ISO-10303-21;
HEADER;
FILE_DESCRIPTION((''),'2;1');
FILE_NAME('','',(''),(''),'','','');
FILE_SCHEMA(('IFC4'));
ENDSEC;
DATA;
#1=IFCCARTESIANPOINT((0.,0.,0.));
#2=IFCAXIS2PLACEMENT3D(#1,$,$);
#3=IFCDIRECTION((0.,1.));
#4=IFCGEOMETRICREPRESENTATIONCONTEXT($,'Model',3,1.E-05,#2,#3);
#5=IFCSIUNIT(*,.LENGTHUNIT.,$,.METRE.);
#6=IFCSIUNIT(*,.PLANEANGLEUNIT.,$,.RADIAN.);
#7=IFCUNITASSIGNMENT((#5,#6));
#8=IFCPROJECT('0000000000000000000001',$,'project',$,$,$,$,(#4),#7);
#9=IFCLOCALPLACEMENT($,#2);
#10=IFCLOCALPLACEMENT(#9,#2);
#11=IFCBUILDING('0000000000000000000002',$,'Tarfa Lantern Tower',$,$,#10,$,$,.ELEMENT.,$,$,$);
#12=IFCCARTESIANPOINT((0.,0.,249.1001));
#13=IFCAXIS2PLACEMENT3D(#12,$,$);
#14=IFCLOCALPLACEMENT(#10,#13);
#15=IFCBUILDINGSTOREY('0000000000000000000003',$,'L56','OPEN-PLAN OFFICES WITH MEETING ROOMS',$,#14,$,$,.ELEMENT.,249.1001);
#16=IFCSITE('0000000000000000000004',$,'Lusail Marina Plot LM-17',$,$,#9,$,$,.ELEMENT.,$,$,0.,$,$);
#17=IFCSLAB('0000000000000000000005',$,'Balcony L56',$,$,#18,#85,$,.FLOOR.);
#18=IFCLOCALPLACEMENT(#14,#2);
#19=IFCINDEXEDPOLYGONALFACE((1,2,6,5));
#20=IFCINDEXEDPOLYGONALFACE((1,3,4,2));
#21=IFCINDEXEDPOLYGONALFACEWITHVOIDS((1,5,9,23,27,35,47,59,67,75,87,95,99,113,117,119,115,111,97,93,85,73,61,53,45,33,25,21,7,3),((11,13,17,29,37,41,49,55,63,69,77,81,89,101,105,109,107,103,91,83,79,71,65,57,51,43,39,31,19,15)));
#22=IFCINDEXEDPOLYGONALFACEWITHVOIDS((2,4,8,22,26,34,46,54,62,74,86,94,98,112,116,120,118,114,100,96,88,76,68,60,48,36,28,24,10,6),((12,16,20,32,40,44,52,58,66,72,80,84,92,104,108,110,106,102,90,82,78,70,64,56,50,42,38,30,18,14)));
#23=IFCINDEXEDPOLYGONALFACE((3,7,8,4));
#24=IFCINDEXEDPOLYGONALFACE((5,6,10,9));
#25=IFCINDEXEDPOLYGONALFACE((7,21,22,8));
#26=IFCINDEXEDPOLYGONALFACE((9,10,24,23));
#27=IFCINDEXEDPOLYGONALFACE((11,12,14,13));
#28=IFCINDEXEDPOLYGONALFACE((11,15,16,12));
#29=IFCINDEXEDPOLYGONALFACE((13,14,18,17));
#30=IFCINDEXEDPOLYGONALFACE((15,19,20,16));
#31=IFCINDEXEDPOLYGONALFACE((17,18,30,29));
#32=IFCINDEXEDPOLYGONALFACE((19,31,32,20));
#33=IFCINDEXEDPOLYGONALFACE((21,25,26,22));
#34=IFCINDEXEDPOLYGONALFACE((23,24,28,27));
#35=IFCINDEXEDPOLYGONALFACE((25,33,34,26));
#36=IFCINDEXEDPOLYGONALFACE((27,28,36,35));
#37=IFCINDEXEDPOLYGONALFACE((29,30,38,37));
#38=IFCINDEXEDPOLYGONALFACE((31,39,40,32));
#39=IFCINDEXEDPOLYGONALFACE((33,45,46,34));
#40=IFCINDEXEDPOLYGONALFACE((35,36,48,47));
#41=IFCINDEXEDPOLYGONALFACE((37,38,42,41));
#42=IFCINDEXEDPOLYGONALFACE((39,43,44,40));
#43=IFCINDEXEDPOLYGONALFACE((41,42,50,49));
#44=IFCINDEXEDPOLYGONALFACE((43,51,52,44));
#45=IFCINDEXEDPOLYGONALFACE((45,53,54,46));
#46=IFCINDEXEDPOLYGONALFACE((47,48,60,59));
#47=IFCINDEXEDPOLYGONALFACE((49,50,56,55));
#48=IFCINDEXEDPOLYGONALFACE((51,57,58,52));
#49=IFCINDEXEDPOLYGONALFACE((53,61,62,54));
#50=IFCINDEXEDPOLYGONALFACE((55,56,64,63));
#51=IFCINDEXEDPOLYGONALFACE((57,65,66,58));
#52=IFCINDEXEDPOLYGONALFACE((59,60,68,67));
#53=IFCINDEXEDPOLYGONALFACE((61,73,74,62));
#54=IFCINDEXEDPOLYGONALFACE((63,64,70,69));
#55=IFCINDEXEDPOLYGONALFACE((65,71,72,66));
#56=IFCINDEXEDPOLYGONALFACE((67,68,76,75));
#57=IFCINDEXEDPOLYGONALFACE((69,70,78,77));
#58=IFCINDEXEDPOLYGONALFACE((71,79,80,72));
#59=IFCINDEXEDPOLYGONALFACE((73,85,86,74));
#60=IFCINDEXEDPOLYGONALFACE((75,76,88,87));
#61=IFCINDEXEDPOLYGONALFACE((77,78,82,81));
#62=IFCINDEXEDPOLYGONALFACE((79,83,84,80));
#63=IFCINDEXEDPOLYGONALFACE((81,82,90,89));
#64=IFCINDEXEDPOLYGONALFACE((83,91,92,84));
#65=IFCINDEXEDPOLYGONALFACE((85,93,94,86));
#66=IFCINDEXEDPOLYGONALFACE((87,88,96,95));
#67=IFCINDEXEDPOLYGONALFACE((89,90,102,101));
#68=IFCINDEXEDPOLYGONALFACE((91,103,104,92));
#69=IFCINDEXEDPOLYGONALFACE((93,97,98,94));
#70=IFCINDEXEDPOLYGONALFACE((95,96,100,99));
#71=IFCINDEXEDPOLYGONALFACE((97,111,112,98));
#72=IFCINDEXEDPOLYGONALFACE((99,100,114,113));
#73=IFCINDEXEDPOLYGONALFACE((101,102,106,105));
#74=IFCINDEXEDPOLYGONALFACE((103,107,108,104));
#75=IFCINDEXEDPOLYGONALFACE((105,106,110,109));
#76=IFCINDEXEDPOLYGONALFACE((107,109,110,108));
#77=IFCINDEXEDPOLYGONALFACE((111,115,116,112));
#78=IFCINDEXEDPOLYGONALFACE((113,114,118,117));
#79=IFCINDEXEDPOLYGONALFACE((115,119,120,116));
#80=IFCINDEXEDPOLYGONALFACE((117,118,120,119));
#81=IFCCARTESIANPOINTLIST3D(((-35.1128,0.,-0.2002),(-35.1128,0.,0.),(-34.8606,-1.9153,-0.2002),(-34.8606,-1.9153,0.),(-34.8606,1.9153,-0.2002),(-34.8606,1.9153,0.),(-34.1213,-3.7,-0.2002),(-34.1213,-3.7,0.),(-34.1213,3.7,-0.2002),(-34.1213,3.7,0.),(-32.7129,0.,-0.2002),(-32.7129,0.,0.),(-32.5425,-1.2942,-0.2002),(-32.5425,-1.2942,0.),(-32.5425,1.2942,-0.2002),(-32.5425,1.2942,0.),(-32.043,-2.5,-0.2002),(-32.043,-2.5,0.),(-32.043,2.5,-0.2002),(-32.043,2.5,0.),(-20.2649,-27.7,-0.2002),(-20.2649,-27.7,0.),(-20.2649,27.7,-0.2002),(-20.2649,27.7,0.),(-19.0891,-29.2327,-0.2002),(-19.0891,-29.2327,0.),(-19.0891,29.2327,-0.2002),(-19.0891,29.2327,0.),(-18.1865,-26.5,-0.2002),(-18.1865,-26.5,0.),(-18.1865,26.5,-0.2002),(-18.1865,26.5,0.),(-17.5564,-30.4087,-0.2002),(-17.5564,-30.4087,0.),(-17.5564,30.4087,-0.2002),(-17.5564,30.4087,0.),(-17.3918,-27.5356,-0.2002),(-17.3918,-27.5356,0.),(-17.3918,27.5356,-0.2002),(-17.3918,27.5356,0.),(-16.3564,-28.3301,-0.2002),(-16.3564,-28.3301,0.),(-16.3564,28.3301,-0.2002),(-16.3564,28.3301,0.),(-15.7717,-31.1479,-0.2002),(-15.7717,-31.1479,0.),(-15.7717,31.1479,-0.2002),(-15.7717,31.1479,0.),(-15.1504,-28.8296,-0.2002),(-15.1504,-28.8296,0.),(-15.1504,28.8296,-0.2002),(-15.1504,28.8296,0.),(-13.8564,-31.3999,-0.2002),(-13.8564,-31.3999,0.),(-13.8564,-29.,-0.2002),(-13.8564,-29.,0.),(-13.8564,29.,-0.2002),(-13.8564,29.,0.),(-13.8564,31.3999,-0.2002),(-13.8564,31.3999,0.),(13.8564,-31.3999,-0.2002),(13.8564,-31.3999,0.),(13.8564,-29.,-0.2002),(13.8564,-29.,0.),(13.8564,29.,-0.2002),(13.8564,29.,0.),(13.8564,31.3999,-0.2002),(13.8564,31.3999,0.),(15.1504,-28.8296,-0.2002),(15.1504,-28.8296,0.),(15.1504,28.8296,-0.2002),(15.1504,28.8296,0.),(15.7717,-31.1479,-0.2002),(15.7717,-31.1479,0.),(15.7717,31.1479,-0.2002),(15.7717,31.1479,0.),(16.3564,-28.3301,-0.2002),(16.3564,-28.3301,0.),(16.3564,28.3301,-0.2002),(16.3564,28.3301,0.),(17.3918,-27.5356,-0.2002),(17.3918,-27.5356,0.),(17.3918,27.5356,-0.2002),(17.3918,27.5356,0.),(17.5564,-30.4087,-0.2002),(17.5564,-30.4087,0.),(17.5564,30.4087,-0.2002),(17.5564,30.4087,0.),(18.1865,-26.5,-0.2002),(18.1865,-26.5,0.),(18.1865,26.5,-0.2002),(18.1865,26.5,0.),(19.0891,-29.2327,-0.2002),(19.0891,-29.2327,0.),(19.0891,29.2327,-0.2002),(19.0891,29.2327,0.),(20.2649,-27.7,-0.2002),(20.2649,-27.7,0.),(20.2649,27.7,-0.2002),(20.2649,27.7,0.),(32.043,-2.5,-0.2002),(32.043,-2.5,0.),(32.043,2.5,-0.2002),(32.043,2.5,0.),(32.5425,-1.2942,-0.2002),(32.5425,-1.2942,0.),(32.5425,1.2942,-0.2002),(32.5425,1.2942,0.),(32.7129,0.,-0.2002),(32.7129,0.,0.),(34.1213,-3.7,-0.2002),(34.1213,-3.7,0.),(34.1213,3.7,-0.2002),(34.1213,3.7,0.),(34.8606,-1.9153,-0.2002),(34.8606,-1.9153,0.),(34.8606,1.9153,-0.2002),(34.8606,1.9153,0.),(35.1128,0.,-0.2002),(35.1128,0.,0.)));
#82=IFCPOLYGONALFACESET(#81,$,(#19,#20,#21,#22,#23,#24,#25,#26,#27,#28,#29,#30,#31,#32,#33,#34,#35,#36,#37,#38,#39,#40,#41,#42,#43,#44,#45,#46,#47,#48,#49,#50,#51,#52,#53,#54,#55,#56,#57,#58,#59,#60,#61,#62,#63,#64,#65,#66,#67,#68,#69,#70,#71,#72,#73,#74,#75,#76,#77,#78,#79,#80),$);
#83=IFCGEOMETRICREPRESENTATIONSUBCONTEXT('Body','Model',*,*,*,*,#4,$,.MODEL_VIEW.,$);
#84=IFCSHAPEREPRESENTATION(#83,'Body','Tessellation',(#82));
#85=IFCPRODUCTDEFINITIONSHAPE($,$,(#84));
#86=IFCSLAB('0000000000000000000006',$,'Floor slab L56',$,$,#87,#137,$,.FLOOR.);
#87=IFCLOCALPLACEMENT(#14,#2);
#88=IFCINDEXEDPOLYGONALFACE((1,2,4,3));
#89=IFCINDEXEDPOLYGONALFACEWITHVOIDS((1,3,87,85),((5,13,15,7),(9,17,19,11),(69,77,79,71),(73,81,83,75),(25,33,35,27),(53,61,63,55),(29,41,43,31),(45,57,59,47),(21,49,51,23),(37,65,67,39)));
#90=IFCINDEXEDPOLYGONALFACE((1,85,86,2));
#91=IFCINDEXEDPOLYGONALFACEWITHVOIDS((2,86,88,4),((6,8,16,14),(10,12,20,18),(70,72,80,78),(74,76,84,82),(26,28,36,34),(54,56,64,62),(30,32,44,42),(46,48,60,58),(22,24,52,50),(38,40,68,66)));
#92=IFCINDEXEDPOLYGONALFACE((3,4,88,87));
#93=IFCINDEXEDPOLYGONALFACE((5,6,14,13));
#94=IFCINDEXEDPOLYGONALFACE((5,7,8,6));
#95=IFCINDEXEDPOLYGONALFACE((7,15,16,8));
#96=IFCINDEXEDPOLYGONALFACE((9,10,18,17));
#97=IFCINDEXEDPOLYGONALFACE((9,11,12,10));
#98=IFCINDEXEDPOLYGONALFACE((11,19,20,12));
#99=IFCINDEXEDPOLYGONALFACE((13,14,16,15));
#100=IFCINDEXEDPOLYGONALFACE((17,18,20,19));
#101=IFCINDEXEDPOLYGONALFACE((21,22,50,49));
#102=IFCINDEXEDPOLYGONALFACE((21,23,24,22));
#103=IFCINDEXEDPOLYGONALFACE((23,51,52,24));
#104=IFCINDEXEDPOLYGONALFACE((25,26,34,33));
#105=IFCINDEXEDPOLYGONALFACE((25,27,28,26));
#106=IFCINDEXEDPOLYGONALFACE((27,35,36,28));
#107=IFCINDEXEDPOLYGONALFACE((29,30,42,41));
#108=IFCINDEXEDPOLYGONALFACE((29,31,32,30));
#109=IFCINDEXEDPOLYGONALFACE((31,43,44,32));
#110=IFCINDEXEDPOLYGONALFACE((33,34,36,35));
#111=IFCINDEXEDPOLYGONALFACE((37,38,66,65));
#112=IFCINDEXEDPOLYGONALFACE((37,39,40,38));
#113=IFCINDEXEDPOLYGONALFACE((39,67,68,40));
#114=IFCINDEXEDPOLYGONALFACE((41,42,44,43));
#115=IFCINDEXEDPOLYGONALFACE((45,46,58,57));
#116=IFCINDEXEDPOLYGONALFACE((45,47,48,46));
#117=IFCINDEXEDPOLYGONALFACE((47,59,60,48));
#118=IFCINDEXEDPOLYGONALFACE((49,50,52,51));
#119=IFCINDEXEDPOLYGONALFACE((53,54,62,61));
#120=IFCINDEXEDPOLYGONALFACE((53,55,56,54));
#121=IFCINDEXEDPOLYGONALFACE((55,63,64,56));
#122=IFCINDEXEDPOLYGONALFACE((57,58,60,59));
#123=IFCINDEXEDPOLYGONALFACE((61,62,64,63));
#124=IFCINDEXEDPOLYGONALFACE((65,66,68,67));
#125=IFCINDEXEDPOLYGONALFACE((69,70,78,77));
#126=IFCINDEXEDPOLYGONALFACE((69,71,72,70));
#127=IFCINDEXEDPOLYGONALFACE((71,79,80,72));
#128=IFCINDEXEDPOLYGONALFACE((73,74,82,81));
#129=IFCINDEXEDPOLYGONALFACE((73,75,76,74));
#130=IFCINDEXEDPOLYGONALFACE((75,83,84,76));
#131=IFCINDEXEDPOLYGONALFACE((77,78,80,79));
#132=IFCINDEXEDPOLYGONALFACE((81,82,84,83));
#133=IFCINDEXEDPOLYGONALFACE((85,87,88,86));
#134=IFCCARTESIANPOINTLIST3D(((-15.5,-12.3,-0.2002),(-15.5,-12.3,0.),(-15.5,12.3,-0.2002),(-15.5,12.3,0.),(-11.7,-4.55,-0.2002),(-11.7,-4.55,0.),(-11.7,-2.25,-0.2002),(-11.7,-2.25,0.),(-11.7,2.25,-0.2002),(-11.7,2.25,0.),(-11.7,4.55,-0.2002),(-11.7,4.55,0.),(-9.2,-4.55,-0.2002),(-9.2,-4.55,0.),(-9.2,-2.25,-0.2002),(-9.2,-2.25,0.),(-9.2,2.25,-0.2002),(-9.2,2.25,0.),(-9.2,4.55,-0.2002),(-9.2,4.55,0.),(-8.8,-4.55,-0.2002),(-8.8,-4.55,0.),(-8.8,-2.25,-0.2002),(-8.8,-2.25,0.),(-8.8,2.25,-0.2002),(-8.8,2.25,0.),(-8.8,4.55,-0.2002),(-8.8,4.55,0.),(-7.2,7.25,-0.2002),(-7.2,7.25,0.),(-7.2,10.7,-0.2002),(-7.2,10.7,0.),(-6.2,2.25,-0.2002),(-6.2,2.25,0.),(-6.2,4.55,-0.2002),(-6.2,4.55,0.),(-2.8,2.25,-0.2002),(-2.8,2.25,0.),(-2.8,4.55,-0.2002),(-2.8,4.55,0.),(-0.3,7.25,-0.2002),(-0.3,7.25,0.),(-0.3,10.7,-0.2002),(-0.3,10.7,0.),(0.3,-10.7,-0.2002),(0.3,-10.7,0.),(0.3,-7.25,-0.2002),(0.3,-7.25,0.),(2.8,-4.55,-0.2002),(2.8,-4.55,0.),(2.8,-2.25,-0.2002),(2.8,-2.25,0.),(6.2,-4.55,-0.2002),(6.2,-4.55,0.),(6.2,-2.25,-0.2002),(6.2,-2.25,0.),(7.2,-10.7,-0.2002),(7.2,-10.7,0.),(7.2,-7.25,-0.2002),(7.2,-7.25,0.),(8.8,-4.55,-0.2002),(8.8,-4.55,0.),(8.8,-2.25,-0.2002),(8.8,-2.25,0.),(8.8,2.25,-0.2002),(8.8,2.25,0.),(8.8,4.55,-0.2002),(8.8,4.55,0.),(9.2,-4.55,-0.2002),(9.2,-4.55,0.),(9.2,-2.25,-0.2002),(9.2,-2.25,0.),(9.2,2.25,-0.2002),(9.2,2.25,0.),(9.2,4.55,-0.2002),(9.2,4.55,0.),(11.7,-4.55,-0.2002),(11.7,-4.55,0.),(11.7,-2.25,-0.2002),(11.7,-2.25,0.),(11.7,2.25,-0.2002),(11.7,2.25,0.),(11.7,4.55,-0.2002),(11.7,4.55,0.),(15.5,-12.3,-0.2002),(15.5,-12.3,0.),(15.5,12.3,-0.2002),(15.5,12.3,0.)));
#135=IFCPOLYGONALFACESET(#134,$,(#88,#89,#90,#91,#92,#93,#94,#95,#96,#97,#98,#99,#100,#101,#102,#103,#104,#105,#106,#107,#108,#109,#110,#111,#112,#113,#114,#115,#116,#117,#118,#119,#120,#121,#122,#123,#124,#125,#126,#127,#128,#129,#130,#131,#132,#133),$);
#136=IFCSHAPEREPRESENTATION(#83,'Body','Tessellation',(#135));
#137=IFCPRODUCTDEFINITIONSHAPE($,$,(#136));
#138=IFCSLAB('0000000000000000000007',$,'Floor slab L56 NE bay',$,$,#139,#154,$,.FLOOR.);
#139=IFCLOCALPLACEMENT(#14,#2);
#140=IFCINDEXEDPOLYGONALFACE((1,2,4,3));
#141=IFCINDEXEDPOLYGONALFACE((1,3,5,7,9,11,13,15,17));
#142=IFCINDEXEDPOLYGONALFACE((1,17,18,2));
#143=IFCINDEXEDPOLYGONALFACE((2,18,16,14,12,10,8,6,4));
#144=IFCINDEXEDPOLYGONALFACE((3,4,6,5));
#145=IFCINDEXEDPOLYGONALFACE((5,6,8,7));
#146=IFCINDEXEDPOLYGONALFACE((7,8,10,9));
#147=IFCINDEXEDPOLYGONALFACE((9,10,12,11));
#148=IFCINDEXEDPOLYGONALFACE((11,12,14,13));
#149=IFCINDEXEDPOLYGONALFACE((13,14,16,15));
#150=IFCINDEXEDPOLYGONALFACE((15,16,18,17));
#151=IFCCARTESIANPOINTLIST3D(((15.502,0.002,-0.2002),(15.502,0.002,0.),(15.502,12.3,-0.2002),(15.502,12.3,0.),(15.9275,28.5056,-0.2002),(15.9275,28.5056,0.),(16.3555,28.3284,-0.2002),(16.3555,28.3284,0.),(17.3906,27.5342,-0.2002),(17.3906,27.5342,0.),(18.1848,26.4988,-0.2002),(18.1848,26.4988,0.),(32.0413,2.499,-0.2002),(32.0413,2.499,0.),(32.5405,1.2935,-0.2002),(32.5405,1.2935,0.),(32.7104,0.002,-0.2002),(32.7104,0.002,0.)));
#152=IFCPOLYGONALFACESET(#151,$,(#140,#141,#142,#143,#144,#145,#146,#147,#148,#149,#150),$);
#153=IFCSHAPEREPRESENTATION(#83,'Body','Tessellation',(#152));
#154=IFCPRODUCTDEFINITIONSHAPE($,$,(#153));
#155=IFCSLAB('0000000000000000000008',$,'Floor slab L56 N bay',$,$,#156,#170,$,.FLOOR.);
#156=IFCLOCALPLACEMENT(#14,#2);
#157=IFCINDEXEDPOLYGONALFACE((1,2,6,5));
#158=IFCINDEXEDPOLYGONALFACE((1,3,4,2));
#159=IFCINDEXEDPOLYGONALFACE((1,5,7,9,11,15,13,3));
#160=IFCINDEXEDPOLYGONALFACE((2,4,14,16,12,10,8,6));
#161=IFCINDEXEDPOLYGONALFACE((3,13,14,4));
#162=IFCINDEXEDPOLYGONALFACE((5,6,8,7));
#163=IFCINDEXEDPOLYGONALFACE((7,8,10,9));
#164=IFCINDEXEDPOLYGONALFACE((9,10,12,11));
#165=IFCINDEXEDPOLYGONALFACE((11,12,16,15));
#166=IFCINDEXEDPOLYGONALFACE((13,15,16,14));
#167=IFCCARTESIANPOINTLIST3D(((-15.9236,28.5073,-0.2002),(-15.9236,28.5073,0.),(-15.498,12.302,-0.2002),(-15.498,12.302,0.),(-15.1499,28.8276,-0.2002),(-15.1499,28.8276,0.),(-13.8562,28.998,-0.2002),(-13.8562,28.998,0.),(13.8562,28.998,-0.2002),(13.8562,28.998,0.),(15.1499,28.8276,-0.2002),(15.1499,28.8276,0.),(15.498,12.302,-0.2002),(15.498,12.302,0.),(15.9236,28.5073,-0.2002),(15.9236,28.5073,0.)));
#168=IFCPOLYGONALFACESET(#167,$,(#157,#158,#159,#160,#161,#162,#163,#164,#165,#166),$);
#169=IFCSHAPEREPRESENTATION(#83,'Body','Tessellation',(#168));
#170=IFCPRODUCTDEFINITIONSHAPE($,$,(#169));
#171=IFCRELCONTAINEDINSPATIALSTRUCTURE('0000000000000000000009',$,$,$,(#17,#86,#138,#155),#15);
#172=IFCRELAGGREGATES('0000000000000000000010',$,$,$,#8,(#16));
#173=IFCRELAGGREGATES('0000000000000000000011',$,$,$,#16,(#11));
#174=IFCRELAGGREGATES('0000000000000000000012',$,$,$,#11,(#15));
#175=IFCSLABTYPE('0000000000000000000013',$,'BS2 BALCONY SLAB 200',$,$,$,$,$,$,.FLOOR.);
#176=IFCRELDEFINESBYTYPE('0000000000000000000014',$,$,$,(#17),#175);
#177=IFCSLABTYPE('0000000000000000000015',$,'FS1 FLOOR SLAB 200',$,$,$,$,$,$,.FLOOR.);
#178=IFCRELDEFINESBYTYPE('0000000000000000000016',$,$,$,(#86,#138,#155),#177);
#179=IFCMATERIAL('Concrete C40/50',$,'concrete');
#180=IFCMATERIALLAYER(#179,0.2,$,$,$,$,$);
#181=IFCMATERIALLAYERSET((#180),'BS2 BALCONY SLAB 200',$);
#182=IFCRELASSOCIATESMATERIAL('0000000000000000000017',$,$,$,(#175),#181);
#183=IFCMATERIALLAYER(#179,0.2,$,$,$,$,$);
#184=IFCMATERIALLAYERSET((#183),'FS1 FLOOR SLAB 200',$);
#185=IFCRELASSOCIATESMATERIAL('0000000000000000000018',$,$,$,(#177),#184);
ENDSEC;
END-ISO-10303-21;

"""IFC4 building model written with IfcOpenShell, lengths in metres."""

from ifc_helpers import new_model, si_unit, direction, frame, origin, place, context, subcontext, project, spatial, polyline, outline, extrude, material, layer, layer_set, type_object, element, save


model = new_model("IFC4")

# Units and contexts
model_context = context("Model", 3, precision=1e-05, world=origin(), true_north=direction((0.0, 1.0)))
body_context = subcontext(model_context, "Body", "Model", "MODEL_VIEW")
ifc_project = project(units=[si_unit("LENGTHUNIT", "METRE"), si_unit("PLANEANGLEUNIT", "RADIAN")], contexts=[model_context])

# Site, building, storey
site_placement = place(None, origin())
site = spatial("IfcSite", under=ifc_project, at=site_placement, Name="Lusail Marina Plot LM-17", CompositionType="ELEMENT", RefElevation=0.0)
building_placement = place(site_placement, origin())
building = spatial("IfcBuilding", under=site, at=building_placement, Name="Tarfa Lantern Tower", CompositionType="ELEMENT")
storey_placement = place(building_placement, frame((0.0, 0.0, 249.1001)))
storey = spatial("IfcBuildingStorey", under=building, at=storey_placement, Name="L56", Description="OPEN-PLAN OFFICES WITH MEETING ROOMS", CompositionType="ELEMENT", Elevation=249.1001)

# Slabs
ifc_material_1 = material(Name="Concrete C40/50", Category="concrete")
ifc_layer_1 = layer(ifc_material_1, 0.2)
ifc_layer_set_1 = layer_set([ifc_layer_1], Name="BS2 BALCONY SLAB 200")
slab_type_1 = type_object("IfcSlabType", Name="BS2 BALCONY SLAB 200", PredefinedType="FLOOR", material=ifc_layer_set_1)
slab_1_placement = place(storey_placement, frame((0.0, 0.0, -0.2002)))
element("IfcSlab", 1, at=slab_1_placement, inside=storey, type_object=slab_type_1, Name="Balcony L56", PredefinedType="FLOOR", context=body_context, shape_type="SweptSolid", body=[
    extrude(outline(polyline([(34.1213, 3.7), (20.2649, 27.7), (19.0891, 29.2327), (17.5564, 30.4087), (15.7717, 31.1479), (13.8564, 31.3999), (-13.8564, 31.3999), (-15.7717, 31.1479), (-17.5564, 30.4087), (-19.0891, 29.2327), (-20.2649, 27.7), (-34.1213, 3.7), (-34.8606, 1.9153), (-35.1128, 0.0), (-34.8606, -1.9153), (-34.1213, -3.7), (-20.2649, -27.7), (-19.0891, -29.2327), (-17.5564, -30.4087), (-15.7717, -31.1479), (-13.8564, -31.3999), (13.8564, -31.3999), (15.7717, -31.1479), (17.5564, -30.4087), (19.0891, -29.2327), (20.2649, -27.7), (34.1213, -3.7), (34.8606, -1.9153), (35.1128, 0.0), (34.8606, 1.9153), (34.1213, 3.7)]), holes=[polyline([(32.043, 2.5), (18.1865, 26.5), (17.3918, 27.5356), (16.3564, 28.3301), (15.1504, 28.8296), (13.8564, 29.0), (-13.8564, 29.0), (-15.1504, 28.8296), (-16.3564, 28.3301), (-17.3918, 27.5356), (-18.1865, 26.5), (-32.043, 2.5), (-32.5425, 1.2942), (-32.7129, 0.0), (-32.5425, -1.2942), (-32.043, -2.5), (-18.1865, -26.5), (-17.3918, -27.5356), (-16.3564, -28.3301), (-15.1504, -28.8296), (-13.8564, -29.0), (13.8564, -29.0), (15.1504, -28.8296), (16.3564, -28.3301), (17.3918, -27.5356), (18.1865, -26.5), (32.043, -2.5), (32.5425, -1.2942), (32.7129, 0.0), (32.5425, 1.2942), (32.043, 2.5)])]), origin(), (0.0, 0.0, 1.0), 0.2002),
])
ifc_layer_2 = layer(ifc_material_1, 0.2)
ifc_layer_set_2 = layer_set([ifc_layer_2], Name="FS1 FLOOR SLAB 200")
slab_type_2 = type_object("IfcSlabType", Name="FS1 FLOOR SLAB 200", PredefinedType="FLOOR", material=ifc_layer_set_2)
slab_2_placement = place(storey_placement, frame((0.0, 0.0, -0.2002)))
element("IfcSlab", 2, at=slab_2_placement, inside=storey, type_object=slab_type_2, Name="Floor slab L56", PredefinedType="FLOOR", context=body_context, shape_type="SweptSolid", body=[
    extrude(outline(polyline([(-15.5, -12.3), (15.5, -12.3), (15.5, 12.3), (-15.5, 12.3), (-15.5, -12.3)]), holes=[polyline([(-11.7, 2.25), (-9.2, 2.25), (-9.2, 4.55), (-11.7, 4.55), (-11.7, 2.25)]), polyline([(-8.8, 2.25), (-6.2, 2.25), (-6.2, 4.55), (-8.8, 4.55), (-8.8, 2.25)]), polyline([(-2.8, 2.25), (8.8, 2.25), (8.8, 4.55), (-2.8, 4.55), (-2.8, 2.25)]), polyline([(9.2, 2.25), (11.7, 2.25), (11.7, 4.55), (9.2, 4.55), (9.2, 2.25)]), polyline([(11.7, -2.25), (9.2, -2.25), (9.2, -4.55), (11.7, -4.55), (11.7, -2.25)]), polyline([(8.8, -2.25), (6.2, -2.25), (6.2, -4.55), (8.8, -4.55), (8.8, -2.25)]), polyline([(2.8, -2.25), (-8.8, -2.25), (-8.8, -4.55), (2.8, -4.55), (2.8, -2.25)]), polyline([(-9.2, -2.25), (-11.7, -2.25), (-11.7, -4.55), (-9.2, -4.55), (-9.2, -2.25)]), polyline([(-7.2, 7.25), (-0.3, 7.25), (-0.3, 10.7), (-7.2, 10.7), (-7.2, 7.25)]), polyline([(7.2, -7.25), (0.3, -7.25), (0.3, -10.7), (7.2, -10.7), (7.2, -7.25)])]), origin(), (0.0, 0.0, 1.0), 0.2002),
])
slab_3_placement = place(storey_placement, frame((0.0, 0.0, -0.2002)))
element("IfcSlab", 3, at=slab_3_placement, inside=storey, type_object=slab_type_2, Name="Floor slab L56 NE bay", PredefinedType="FLOOR", context=body_context, shape_type="SweptSolid", body=[
    extrude(outline(polyline([(32.0413, 2.499), (18.1848, 26.4988), (17.3906, 27.5342), (16.3555, 28.3284), (15.9275, 28.5056), (15.502, 12.3), (15.502, 0.002), (32.7104, 0.002), (32.5405, 1.2935), (32.0413, 2.499)])), origin(), (0.0, 0.0, 1.0), 0.2002),
])
slab_4_placement = place(storey_placement, frame((0.0, 0.0, -0.2002)))
element("IfcSlab", 4, at=slab_4_placement, inside=storey, type_object=slab_type_2, Name="Floor slab L56 N bay", PredefinedType="FLOOR", context=body_context, shape_type="SweptSolid", body=[
    extrude(outline(polyline([(-15.498, 12.302), (15.498, 12.302), (15.9236, 28.5073), (15.1499, 28.8276), (13.8562, 28.998), (-13.8562, 28.998), (-15.1499, 28.8276), (-15.9236, 28.5073), (-15.498, 12.302)])), origin(), (0.0, 0.0, 1.0), 0.2002),
])

save(model, "model.ifc")
